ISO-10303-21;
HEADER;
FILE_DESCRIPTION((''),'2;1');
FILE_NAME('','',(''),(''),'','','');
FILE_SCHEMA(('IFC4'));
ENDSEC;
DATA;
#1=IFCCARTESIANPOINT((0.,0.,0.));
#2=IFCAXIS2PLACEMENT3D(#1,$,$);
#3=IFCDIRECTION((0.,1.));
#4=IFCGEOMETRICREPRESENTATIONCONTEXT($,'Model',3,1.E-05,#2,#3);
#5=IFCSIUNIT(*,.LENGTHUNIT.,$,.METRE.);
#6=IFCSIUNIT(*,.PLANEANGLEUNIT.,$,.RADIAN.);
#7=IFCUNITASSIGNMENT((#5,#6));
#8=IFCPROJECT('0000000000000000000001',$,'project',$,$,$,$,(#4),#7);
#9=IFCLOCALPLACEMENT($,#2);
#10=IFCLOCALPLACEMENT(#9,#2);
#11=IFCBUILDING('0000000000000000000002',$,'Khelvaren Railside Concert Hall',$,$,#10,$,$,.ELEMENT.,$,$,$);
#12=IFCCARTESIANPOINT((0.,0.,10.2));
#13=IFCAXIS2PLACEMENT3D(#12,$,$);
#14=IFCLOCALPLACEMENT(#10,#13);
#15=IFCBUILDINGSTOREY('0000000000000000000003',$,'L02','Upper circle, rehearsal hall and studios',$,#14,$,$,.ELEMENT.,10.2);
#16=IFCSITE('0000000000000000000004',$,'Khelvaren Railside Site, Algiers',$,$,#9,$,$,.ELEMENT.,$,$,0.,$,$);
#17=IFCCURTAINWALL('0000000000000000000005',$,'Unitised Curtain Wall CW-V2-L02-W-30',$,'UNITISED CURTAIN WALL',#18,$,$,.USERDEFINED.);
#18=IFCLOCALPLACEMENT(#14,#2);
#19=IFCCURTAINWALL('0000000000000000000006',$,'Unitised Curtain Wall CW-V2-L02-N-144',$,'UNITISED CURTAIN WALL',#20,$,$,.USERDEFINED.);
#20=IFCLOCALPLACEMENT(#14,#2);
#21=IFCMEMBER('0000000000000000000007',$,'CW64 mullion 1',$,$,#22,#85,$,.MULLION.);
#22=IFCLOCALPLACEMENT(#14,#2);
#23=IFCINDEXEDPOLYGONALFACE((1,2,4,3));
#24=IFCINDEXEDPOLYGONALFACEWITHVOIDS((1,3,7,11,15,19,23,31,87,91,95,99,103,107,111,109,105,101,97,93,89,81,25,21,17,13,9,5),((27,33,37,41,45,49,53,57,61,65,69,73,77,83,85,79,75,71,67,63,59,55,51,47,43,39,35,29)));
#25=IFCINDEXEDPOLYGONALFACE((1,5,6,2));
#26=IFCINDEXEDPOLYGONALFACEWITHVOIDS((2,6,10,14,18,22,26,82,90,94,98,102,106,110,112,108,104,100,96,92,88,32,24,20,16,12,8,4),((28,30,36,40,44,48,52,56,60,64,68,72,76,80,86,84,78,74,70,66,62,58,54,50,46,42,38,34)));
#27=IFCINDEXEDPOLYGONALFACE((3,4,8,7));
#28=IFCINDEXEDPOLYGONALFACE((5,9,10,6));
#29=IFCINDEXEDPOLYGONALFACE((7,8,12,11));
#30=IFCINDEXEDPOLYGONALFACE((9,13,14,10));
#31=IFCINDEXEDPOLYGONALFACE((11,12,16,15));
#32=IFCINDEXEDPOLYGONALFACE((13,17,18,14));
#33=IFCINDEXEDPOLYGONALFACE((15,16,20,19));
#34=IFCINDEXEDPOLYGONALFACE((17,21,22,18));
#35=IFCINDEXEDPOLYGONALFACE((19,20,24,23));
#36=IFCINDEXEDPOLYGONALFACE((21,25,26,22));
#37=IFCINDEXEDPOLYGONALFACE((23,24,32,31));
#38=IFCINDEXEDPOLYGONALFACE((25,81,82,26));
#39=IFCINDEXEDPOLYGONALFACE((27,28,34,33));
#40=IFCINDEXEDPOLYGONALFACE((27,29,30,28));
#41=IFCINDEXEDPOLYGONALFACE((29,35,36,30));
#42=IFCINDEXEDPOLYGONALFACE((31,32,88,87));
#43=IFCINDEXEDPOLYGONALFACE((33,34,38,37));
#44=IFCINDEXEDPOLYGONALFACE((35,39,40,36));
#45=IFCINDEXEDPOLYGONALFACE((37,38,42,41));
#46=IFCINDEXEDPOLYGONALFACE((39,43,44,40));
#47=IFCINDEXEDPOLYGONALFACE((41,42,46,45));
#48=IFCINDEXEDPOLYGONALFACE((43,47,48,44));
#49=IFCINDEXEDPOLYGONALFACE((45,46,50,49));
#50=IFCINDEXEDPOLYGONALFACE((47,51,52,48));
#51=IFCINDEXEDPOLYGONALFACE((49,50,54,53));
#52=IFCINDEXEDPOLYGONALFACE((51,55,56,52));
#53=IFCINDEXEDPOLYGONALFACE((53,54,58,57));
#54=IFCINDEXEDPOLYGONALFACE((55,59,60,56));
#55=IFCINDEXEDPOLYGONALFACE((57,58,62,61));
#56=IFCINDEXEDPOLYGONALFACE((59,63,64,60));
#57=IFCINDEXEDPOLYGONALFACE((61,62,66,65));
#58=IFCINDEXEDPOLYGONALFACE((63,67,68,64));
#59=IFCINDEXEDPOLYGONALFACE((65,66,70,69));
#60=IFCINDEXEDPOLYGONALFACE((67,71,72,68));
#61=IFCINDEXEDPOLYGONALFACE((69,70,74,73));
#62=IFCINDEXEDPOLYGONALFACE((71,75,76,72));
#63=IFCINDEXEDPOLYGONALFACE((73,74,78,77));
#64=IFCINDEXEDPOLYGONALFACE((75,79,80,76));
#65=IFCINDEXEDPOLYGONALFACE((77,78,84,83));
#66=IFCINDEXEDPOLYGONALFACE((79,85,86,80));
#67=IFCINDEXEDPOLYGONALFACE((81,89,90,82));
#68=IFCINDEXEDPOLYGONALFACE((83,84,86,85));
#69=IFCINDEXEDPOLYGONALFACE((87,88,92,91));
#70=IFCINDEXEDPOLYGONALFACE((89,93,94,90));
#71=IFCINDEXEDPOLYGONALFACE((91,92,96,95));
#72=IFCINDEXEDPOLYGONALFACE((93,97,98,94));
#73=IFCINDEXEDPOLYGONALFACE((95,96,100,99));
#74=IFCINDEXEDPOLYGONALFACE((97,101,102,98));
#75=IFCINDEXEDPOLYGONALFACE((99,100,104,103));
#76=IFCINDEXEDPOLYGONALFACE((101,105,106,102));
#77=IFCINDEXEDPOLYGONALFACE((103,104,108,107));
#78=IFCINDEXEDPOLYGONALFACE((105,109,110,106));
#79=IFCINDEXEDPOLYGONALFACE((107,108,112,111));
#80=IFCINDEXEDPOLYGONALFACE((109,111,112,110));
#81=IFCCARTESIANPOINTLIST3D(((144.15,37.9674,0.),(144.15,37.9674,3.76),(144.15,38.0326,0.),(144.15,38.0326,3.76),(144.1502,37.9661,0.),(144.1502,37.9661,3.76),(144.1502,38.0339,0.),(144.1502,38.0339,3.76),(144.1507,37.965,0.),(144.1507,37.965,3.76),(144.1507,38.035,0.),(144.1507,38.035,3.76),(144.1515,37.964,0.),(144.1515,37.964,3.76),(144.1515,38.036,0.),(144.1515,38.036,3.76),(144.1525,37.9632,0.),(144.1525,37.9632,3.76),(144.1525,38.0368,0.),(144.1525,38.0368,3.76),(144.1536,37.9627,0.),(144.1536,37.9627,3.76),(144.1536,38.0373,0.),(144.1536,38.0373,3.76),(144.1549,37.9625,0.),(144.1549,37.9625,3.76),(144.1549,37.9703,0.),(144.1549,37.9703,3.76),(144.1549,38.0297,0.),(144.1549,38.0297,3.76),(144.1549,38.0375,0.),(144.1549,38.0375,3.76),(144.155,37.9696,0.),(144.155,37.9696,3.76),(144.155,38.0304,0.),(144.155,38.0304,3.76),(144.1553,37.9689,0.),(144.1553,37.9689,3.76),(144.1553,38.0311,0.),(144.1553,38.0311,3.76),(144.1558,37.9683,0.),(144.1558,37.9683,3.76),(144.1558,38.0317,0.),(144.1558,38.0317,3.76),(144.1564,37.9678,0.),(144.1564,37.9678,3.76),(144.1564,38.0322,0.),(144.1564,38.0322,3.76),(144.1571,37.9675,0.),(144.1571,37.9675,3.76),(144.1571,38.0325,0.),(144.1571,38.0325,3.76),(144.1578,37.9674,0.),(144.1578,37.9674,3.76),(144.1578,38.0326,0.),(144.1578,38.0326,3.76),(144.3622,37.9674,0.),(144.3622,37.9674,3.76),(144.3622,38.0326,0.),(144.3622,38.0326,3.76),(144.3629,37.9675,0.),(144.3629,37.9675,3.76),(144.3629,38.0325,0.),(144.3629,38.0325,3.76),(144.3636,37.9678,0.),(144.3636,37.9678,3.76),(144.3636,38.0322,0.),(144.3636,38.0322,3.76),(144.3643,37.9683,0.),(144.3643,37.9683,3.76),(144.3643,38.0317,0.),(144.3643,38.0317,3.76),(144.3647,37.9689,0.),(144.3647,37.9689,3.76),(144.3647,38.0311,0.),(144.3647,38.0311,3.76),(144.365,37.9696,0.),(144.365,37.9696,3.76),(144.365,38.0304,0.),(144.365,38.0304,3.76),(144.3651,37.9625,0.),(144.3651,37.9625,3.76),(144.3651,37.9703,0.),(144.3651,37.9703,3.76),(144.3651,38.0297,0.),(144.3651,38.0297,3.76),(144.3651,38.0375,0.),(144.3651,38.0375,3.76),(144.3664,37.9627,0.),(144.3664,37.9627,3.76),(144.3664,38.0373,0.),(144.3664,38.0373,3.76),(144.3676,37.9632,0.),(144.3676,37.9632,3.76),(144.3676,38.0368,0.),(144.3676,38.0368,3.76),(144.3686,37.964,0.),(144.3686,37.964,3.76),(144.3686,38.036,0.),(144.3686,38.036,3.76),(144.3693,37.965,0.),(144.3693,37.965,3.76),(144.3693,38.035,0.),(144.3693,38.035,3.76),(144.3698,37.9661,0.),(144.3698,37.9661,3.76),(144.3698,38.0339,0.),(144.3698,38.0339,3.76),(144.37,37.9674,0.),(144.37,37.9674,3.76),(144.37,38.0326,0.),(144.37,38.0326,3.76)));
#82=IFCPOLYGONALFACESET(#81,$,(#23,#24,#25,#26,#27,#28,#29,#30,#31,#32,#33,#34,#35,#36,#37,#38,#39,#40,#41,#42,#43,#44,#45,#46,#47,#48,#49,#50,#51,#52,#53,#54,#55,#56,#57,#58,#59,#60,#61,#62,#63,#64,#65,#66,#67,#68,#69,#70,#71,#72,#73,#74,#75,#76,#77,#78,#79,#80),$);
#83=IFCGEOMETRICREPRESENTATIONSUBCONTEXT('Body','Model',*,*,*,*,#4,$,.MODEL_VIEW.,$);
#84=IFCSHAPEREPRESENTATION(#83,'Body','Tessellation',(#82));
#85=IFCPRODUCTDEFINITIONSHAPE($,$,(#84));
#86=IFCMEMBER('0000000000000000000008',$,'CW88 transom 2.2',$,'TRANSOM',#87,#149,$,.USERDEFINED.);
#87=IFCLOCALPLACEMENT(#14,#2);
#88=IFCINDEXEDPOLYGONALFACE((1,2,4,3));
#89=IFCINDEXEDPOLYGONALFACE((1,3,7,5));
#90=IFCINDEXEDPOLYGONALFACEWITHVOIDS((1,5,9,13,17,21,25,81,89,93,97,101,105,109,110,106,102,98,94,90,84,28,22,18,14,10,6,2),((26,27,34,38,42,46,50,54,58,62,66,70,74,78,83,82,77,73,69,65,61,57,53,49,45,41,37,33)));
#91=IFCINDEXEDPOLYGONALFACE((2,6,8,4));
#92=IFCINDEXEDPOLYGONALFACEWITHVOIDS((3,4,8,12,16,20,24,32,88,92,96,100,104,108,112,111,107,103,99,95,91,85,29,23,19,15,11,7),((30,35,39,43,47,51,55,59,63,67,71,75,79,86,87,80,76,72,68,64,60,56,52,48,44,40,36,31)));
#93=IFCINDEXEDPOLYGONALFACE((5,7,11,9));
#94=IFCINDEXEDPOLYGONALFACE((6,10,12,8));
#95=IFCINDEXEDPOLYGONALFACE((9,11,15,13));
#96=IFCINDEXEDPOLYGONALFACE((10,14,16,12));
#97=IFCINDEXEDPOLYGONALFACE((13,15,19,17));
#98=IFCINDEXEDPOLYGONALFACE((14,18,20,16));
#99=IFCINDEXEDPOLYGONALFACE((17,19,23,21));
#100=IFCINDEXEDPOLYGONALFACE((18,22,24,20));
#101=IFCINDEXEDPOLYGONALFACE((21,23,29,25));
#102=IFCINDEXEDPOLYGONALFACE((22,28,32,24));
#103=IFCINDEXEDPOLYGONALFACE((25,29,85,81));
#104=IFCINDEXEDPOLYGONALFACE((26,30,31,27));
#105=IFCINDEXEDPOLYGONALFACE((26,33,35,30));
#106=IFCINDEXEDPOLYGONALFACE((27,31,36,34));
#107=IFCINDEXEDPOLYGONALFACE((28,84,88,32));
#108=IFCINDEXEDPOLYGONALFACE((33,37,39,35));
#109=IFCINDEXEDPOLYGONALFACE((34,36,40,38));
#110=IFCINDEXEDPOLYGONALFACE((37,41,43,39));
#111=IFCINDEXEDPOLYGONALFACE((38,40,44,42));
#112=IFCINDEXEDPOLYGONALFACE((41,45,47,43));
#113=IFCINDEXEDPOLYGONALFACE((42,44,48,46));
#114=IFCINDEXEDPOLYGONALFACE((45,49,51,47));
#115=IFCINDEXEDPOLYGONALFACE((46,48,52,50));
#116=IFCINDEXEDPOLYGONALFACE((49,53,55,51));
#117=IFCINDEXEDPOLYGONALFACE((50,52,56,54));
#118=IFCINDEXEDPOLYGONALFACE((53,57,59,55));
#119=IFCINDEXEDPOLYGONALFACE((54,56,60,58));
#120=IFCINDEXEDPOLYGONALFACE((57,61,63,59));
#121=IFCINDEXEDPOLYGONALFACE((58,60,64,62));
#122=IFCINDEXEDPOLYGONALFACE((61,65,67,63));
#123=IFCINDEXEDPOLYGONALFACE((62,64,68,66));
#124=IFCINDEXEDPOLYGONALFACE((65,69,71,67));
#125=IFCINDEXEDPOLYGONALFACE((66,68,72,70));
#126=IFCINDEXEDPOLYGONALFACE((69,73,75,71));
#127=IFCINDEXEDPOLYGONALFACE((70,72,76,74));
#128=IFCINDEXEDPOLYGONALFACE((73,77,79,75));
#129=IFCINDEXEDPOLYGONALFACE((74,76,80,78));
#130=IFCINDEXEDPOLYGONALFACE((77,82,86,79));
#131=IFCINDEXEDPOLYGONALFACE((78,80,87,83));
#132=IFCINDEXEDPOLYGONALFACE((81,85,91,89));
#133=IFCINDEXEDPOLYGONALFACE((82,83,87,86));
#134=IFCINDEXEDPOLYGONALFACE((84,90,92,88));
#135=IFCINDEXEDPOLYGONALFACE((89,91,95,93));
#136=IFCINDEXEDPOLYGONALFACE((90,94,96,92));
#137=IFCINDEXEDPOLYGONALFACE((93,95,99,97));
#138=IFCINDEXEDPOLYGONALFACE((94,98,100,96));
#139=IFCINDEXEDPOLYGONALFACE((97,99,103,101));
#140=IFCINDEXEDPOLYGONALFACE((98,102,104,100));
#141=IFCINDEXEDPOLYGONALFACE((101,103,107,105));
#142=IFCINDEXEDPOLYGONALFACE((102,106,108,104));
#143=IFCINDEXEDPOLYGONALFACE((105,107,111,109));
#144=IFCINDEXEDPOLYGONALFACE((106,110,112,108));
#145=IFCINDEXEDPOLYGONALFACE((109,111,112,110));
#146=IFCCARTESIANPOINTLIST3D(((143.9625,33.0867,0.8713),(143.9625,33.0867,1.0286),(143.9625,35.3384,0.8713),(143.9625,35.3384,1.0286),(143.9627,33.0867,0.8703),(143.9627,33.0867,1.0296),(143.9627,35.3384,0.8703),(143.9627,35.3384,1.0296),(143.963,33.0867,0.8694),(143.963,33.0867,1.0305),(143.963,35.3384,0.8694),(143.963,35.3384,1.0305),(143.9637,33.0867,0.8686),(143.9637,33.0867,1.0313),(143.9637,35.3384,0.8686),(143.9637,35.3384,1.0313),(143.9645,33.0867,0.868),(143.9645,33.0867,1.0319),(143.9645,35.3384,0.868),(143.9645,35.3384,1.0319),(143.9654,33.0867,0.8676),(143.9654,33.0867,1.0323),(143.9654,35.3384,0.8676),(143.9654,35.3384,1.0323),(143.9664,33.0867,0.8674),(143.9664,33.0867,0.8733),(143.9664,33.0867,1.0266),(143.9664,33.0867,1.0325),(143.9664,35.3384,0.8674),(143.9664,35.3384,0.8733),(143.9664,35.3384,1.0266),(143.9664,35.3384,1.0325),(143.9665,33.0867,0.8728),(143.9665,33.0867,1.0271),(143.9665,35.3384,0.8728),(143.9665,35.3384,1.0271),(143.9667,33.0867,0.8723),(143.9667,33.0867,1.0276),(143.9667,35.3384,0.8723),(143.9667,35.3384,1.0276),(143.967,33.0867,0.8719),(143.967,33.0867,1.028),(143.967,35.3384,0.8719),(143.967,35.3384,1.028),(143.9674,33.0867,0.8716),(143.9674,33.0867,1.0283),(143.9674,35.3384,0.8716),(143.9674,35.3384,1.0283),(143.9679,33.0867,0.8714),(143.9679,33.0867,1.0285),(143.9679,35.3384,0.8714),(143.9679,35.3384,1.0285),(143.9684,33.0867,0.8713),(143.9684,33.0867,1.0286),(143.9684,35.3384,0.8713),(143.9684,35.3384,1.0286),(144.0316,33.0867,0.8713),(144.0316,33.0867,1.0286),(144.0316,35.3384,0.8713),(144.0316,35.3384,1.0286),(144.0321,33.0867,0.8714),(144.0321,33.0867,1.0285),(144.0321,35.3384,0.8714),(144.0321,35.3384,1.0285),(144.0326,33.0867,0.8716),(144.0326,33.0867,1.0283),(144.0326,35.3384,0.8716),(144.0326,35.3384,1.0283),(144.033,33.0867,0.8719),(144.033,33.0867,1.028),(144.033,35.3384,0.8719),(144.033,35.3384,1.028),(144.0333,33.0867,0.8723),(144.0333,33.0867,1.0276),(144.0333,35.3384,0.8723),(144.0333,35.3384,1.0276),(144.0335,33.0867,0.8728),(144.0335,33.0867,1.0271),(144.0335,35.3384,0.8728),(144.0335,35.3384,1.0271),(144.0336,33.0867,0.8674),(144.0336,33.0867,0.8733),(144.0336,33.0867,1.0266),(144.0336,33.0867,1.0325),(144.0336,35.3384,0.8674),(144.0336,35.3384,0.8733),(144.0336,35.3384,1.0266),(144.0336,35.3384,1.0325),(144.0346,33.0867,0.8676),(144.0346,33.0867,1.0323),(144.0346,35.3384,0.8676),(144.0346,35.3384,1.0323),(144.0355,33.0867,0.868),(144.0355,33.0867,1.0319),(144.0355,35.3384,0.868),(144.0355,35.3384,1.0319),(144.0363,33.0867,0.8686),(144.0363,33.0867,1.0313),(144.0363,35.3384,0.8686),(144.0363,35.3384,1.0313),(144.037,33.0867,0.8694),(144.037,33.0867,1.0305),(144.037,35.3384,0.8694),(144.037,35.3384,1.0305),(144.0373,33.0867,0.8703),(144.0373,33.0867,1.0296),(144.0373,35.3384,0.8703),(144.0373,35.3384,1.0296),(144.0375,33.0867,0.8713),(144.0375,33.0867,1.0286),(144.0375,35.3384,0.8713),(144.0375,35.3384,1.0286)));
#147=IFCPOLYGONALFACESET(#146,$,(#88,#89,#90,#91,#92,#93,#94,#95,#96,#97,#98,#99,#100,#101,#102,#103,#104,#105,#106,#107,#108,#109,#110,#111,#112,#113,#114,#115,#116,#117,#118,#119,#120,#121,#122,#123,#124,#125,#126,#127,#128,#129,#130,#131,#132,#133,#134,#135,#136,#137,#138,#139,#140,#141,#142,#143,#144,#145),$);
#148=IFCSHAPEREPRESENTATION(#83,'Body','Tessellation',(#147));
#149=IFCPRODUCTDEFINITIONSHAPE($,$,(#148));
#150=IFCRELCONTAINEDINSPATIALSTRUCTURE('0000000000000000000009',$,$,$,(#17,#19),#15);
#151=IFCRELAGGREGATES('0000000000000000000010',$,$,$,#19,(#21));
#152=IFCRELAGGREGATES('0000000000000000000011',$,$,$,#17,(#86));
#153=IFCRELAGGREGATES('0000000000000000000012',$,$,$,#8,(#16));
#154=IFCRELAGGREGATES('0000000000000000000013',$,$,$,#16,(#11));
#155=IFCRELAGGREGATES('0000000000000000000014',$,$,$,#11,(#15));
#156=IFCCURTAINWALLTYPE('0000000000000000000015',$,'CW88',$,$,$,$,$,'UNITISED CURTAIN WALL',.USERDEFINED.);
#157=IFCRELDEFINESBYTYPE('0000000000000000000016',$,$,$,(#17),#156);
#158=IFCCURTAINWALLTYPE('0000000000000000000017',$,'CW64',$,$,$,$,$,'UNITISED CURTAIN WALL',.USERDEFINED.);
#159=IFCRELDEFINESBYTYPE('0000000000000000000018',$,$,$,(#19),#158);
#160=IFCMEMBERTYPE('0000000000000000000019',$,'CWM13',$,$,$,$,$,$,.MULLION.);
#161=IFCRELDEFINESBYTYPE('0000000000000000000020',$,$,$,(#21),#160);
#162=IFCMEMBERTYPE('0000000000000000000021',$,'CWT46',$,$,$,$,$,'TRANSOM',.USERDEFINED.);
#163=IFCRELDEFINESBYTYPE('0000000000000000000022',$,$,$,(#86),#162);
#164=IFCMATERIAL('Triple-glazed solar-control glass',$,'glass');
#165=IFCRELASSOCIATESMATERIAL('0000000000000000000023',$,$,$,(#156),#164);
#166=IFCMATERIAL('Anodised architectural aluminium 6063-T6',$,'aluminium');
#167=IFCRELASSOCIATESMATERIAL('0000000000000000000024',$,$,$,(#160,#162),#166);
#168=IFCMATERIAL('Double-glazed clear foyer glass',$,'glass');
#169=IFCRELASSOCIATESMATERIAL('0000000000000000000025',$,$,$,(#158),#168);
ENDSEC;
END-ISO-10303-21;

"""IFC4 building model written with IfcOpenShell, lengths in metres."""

from ifc_helpers import new_model, si_unit, direction, frame, origin, origin_2d, place, context, subcontext, project, spatial, hollow_rectangle, extrude, material, material_profile, profile_set, type_object, element, aggregate, save


model = new_model("IFC4")

# Units and contexts
model_context = context("Model", 3, precision=1e-05, world=origin(), true_north=direction((0.0, 1.0)))
body_context = subcontext(model_context, "Body", "Model", "MODEL_VIEW")
ifc_project = project(units=[si_unit("LENGTHUNIT", "METRE"), si_unit("PLANEANGLEUNIT", "RADIAN")], contexts=[model_context])

# Site, building, storey
site_placement = place(None, origin())
site = spatial("IfcSite", under=ifc_project, at=site_placement, Name="Khelvaren Railside Site, Algiers", CompositionType="ELEMENT", RefElevation=0.0)
building_placement = place(site_placement, origin())
building = spatial("IfcBuilding", under=site, at=building_placement, Name="Khelvaren Railside Concert Hall", CompositionType="ELEMENT")
storey_placement = place(building_placement, frame((0.0, 0.0, 10.2)))
storey = spatial("IfcBuildingStorey", under=building, at=storey_placement, Name="L02", Description="Upper circle, rehearsal hall and studios", CompositionType="ELEMENT", Elevation=10.2)

# Curtain wall
ifc_material_1 = material(Name="Triple-glazed solar-control glass", Category="glass")
curtain_wall_type_1 = type_object("IfcCurtainWallType", Name="CW88", ElementType="UNITISED CURTAIN WALL", PredefinedType="USERDEFINED", material=ifc_material_1)
curtain_wall_1_placement = place(storey_placement, origin())
curtain_wall_1 = element("IfcCurtainWall", 1, at=curtain_wall_1_placement, inside=storey, type_object=curtain_wall_type_1, Name="Unitised Curtain Wall CW-V2-L02-W-30", ObjectType="UNITISED CURTAIN WALL", PredefinedType="USERDEFINED")
ifc_material_2 = material(Name="Anodised architectural aluminium 6063-T6", Category="aluminium")
ifc_material_profile_1 = material_profile(ifc_material_2, hollow_rectangle(XDim=0.075, YDim=0.22, WallThickness=0.0049, InnerFilletRadius=0.0029, OuterFilletRadius=0.0049, at=origin_2d()), Name="CWM 75x220x5")
ifc_profile_set_1 = profile_set([ifc_material_profile_1], Name="Anodised architectural aluminium 6063-T6")
member_type_1 = type_object("IfcMemberType", Name="CWM13", PredefinedType="MULLION", material=ifc_profile_set_1)

# Curtain wall, member
ifc_material_3 = material(Name="Double-glazed clear foyer glass", Category="glass")
curtain_wall_type_2 = type_object("IfcCurtainWallType", Name="CW64", ElementType="UNITISED CURTAIN WALL", PredefinedType="USERDEFINED", material=ifc_material_3)
curtain_wall_2_placement = place(storey_placement, origin())
curtain_wall_2 = element("IfcCurtainWall", 2, at=curtain_wall_2_placement, inside=storey, type_object=curtain_wall_type_2, Name="Unitised Curtain Wall CW-V2-L02-N-144", ObjectType="UNITISED CURTAIN WALL", PredefinedType="USERDEFINED")
member_1_placement = place(storey_placement, frame((144.26, 38.0, 0.0), z_axis=(0.0, 0.0, 1.0), x_axis=(0.0, 1.0, 0.0)))
member_1 = element("IfcMember", 3, at=member_1_placement, type_object=member_type_1, Name="CW64 mullion 1", PredefinedType="MULLION", context=body_context, shape_type="SweptSolid", body=[
    extrude(hollow_rectangle(XDim=0.075, YDim=0.22, WallThickness=0.0049, InnerFilletRadius=0.0029, OuterFilletRadius=0.0049, at=origin_2d()), origin(), (0.0, 0.0, 1.0), 3.76),
])

# Member
ifc_material_profile_2 = material_profile(ifc_material_2, hollow_rectangle(XDim=0.075, YDim=0.165, WallThickness=0.0039, InnerFilletRadius=0.002, OuterFilletRadius=0.0039, at=origin_2d()), Name="CWT 75x165x4")
ifc_profile_set_2 = profile_set([ifc_material_profile_2], Name="Anodised architectural aluminium 6063-T6")
member_type_2 = type_object("IfcMemberType", Name="CWT46", ElementType="TRANSOM", PredefinedType="USERDEFINED", material=ifc_profile_set_2)
member_2_placement = place(storey_placement, frame((144.0, 33.0867, 0.95), z_axis=(0.0, 1.0, 0.0), x_axis=(-1.0, 0.0, 0.0)))
member_2 = element("IfcMember", 4, at=member_2_placement, type_object=member_type_2, Name="CW88 transom 2.2", ObjectType="TRANSOM", PredefinedType="USERDEFINED", context=body_context, shape_type="SweptSolid", body=[
    extrude(hollow_rectangle(XDim=0.075, YDim=0.165, WallThickness=0.0039, InnerFilletRadius=0.002, OuterFilletRadius=0.0039, at=origin_2d()), origin(), (0.0, 0.0, 1.0), 2.2517),
])

aggregate(curtain_wall_2, [member_1])
aggregate(curtain_wall_1, [member_2])

save(model, "model.ifc")
